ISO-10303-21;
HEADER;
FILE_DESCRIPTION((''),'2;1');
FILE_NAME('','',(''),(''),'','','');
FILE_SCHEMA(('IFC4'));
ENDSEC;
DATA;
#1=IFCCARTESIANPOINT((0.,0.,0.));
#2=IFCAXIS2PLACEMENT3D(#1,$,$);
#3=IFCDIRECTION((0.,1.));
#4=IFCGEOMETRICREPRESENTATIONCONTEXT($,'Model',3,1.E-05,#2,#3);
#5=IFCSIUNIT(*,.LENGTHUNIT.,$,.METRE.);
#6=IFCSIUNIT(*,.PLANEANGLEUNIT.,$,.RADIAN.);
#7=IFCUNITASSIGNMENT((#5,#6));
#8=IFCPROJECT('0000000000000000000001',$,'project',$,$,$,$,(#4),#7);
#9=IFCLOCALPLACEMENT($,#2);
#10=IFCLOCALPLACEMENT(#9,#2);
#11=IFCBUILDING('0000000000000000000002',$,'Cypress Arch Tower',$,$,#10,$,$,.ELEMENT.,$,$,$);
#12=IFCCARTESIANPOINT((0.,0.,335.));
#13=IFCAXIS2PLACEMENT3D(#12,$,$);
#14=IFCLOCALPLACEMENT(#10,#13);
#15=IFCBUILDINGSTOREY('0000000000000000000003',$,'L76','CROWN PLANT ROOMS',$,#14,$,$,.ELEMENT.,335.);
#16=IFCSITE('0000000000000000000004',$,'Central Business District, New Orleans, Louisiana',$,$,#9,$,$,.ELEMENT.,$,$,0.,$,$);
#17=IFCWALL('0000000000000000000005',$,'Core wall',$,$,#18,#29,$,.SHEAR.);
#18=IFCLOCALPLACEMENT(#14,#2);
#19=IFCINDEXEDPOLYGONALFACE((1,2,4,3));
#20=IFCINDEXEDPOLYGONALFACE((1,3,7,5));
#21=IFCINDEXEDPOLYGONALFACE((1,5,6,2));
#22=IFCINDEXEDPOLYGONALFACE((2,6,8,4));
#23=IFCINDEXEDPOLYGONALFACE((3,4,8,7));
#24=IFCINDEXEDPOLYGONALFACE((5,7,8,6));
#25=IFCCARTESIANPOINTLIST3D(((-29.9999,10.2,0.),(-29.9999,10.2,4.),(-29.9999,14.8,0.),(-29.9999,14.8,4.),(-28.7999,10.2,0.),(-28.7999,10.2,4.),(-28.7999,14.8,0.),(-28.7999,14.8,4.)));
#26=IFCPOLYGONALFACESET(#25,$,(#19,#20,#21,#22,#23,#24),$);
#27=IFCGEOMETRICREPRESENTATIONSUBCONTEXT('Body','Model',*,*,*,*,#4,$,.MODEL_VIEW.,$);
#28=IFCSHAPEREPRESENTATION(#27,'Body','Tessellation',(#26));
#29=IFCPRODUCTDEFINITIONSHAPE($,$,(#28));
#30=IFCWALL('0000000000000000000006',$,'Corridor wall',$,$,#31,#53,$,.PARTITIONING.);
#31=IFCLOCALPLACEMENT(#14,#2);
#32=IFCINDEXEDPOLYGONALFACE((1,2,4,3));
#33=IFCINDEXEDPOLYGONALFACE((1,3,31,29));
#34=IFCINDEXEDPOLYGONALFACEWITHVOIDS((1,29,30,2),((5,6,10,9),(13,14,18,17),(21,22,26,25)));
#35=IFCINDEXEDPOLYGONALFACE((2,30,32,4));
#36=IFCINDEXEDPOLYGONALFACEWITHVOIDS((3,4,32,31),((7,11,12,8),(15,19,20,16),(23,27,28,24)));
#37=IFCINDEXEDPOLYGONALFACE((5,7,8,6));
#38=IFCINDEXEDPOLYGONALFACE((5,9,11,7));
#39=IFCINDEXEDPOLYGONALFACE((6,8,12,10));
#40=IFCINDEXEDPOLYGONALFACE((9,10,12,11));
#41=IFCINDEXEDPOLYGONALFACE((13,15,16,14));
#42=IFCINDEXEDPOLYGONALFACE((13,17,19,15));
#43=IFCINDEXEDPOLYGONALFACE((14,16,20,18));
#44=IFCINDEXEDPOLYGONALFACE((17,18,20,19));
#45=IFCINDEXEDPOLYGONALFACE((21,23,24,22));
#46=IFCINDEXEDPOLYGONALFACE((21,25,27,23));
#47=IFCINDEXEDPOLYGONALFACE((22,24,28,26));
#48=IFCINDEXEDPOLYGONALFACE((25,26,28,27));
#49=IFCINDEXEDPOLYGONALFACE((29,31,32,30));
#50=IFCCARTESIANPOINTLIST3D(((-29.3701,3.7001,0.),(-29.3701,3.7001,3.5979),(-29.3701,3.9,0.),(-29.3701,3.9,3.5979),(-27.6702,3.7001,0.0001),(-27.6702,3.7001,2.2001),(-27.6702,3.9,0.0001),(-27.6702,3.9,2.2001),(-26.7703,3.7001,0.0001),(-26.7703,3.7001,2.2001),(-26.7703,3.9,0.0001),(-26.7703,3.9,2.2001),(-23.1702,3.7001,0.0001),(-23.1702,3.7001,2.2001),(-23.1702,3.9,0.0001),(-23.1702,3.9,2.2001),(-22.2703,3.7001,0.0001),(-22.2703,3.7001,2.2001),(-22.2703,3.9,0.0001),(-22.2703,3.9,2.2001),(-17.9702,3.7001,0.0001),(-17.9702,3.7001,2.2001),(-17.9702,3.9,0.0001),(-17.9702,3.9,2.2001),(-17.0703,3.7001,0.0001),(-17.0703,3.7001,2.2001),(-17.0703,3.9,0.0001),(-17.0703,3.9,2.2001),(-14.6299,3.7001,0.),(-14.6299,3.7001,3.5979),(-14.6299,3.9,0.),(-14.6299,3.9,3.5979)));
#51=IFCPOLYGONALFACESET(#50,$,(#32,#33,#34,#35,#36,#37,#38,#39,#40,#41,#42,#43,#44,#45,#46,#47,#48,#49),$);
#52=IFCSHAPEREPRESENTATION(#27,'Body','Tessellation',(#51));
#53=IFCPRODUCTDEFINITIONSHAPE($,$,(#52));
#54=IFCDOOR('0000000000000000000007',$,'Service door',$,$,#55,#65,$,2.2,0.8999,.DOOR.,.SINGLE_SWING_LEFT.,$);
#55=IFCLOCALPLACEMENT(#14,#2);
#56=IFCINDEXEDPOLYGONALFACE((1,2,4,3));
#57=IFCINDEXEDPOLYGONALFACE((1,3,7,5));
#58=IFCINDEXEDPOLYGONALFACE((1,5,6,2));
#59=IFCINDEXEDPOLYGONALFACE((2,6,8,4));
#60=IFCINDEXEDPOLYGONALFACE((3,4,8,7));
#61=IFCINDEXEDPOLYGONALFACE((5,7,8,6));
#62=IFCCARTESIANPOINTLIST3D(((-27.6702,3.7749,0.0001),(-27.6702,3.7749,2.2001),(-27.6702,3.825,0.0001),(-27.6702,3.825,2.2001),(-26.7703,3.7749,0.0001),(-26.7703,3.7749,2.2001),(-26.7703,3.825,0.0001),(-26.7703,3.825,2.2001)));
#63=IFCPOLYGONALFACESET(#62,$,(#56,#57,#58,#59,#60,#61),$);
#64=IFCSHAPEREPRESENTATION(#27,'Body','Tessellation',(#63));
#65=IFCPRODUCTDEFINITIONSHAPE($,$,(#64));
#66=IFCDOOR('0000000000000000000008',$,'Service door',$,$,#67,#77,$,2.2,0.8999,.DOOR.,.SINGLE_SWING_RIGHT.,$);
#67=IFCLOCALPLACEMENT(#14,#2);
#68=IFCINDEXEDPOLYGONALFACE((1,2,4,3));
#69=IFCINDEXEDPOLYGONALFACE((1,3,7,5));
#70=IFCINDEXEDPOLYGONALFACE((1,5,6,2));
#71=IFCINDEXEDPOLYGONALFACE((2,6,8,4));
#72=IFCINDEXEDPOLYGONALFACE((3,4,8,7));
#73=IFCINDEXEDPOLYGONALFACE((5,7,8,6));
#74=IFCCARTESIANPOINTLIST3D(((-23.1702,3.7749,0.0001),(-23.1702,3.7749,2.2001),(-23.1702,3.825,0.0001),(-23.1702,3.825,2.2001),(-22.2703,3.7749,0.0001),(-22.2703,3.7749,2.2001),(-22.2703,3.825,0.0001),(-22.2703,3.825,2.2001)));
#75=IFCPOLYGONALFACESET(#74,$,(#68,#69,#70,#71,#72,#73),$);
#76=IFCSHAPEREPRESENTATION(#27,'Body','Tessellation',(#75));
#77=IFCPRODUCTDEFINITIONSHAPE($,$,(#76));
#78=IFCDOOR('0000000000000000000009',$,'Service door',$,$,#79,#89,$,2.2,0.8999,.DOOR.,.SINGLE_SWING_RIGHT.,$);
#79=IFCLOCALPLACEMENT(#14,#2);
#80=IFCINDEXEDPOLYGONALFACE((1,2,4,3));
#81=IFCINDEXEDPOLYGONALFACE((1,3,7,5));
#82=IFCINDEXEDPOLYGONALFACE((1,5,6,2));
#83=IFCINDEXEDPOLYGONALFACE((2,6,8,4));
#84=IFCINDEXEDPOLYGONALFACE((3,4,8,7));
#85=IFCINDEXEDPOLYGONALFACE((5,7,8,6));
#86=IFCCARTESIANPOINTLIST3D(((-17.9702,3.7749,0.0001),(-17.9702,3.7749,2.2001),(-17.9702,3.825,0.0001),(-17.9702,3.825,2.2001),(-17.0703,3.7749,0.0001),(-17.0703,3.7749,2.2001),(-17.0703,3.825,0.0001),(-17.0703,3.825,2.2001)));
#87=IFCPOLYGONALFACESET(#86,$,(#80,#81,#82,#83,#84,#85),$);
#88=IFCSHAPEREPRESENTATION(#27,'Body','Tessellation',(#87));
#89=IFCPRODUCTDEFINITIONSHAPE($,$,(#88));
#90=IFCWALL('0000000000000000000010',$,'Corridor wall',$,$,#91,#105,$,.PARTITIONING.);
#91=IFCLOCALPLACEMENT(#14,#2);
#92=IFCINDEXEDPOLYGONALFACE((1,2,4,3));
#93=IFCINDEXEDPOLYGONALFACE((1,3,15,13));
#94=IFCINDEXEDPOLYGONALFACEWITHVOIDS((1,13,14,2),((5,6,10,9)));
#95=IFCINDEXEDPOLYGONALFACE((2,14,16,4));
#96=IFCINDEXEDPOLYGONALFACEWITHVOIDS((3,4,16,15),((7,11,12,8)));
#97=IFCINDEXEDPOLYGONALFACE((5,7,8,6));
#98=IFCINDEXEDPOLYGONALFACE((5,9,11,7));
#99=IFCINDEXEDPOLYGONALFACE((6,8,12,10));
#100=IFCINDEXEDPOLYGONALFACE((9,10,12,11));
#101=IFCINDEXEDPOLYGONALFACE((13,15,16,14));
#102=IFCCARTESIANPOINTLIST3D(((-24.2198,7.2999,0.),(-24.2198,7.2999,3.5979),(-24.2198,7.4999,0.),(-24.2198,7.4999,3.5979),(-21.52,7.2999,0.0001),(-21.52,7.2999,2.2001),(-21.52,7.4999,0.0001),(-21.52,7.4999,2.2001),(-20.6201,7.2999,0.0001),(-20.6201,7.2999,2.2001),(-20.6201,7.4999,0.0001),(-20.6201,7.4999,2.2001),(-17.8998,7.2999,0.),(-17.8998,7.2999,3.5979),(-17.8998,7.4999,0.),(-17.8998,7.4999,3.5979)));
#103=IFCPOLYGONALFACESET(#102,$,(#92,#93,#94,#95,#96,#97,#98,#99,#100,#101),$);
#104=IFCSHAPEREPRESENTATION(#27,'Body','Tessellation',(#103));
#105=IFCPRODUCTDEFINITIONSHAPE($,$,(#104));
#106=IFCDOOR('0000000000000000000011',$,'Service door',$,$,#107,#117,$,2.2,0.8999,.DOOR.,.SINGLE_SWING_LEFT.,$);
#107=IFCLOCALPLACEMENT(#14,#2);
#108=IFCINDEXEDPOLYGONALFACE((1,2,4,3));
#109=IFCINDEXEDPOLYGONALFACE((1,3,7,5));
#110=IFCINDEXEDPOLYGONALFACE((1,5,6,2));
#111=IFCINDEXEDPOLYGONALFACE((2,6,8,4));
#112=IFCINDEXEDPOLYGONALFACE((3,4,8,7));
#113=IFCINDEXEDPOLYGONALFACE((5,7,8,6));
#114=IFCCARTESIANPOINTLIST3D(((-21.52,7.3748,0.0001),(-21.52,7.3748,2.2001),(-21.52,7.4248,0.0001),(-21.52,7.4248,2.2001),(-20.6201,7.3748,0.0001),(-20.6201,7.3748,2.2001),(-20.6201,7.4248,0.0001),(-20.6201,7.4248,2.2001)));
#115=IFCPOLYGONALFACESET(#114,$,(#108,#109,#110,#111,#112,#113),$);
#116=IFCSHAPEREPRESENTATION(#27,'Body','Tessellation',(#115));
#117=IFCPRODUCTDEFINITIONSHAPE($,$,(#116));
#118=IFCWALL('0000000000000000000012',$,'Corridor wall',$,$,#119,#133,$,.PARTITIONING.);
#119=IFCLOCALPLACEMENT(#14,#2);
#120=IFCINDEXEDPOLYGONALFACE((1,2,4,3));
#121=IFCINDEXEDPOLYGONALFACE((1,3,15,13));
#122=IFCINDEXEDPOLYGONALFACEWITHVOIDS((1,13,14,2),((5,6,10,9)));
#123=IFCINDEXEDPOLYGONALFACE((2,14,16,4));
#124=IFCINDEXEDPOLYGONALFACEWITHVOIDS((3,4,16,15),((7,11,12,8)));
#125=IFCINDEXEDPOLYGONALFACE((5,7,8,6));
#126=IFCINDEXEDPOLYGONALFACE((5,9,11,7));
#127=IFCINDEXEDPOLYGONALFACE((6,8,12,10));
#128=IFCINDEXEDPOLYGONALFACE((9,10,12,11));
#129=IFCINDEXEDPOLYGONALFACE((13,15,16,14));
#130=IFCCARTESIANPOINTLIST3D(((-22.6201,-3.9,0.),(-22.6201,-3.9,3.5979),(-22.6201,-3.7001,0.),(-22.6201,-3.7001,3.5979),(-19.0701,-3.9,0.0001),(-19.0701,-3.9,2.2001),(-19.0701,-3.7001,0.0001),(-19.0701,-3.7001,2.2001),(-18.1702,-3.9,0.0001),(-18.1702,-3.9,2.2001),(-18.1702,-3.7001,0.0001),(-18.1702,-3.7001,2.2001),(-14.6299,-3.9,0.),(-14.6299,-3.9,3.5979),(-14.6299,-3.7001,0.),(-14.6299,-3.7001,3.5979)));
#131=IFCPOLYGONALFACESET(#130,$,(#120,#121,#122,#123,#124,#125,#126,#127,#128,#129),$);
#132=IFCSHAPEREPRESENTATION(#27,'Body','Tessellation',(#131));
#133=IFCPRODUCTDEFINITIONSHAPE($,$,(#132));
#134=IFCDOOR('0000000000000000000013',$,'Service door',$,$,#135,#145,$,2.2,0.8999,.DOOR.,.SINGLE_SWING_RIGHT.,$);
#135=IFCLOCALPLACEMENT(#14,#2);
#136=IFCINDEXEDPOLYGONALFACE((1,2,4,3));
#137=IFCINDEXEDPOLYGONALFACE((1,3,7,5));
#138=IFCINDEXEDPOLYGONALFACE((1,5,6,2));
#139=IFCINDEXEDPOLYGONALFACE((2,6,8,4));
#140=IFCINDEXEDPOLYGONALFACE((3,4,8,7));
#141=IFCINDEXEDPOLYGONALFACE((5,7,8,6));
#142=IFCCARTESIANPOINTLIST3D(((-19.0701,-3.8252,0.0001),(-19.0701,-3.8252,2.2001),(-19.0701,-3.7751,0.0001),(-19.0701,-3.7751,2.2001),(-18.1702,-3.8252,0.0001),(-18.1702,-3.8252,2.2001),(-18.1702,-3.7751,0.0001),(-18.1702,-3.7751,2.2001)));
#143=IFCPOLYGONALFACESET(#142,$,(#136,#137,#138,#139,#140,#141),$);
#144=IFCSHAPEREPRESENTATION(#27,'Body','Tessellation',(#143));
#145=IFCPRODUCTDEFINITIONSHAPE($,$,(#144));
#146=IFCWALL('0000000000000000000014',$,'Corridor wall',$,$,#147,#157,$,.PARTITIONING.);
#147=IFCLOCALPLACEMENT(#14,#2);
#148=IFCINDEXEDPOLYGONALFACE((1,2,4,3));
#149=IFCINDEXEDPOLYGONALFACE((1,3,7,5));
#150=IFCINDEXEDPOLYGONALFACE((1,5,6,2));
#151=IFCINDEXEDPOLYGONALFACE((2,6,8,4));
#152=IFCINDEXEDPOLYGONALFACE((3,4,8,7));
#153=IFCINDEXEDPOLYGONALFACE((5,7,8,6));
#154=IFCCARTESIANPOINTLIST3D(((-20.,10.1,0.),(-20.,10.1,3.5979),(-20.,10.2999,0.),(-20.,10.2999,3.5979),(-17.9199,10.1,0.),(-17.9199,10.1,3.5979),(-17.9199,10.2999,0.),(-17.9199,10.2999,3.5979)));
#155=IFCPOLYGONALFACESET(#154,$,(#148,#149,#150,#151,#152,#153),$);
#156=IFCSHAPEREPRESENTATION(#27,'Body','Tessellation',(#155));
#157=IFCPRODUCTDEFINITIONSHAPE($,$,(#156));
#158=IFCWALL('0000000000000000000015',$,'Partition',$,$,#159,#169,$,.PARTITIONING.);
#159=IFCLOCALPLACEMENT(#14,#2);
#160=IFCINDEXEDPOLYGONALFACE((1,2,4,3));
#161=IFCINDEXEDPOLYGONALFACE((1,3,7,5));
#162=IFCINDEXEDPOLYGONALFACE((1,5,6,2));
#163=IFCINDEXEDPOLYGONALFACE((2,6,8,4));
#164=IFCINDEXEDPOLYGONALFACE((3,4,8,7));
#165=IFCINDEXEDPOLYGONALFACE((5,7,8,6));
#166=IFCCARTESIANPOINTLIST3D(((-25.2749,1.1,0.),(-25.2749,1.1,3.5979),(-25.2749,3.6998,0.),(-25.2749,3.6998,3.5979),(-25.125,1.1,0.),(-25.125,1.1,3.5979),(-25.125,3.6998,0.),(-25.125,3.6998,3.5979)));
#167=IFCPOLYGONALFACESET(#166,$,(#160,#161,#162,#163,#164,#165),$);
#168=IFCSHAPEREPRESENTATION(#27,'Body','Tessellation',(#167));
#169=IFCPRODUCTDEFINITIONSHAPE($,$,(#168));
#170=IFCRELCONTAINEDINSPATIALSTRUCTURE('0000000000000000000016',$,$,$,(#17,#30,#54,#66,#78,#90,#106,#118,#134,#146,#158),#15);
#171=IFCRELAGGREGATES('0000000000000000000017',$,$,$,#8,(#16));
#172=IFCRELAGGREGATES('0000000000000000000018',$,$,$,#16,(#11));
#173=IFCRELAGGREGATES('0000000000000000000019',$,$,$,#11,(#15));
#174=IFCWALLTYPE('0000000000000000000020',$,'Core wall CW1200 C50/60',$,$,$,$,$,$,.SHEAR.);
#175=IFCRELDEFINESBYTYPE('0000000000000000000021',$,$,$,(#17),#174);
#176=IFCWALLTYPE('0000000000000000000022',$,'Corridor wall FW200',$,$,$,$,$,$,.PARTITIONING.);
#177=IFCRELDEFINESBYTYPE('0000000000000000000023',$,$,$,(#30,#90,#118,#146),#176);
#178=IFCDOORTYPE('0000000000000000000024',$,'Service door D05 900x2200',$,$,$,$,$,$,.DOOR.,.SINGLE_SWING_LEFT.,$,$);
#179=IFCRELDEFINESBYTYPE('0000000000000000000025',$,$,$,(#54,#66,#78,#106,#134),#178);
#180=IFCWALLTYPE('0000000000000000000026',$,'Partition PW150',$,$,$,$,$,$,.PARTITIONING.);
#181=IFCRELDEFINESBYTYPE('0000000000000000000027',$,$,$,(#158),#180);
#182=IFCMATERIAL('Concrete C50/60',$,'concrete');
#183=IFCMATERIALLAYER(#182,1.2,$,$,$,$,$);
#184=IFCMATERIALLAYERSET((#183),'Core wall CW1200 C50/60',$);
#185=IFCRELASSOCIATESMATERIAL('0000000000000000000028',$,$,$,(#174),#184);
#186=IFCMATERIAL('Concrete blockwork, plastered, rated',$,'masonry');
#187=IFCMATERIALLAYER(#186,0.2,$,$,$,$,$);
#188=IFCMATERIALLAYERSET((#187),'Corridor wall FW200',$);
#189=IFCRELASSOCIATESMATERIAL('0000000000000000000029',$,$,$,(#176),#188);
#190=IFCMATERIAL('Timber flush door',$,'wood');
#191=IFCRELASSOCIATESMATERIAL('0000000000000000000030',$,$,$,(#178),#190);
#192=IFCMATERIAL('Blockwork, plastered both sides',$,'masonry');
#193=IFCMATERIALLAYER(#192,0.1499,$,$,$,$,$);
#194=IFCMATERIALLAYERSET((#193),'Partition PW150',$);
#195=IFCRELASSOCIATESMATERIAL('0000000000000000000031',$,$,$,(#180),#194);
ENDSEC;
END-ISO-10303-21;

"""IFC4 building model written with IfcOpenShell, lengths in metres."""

from ifc_helpers import new_model, si_unit, direction, frame, frame_2d, origin, place, context, subcontext, project, spatial, rectangle, extrude, material, layer, layer_set, type_object, element, fill, save


model = new_model("IFC4")

# Units and contexts
model_context = context("Model", 3, precision=1e-05, world=origin(), true_north=direction((0.0, 1.0)))
body_context = subcontext(model_context, "Body", "Model", "MODEL_VIEW")
ifc_project = project(units=[si_unit("LENGTHUNIT", "METRE"), si_unit("PLANEANGLEUNIT", "RADIAN")], contexts=[model_context])

# Site, building, storey
site_placement = place(None, origin())
site = spatial("IfcSite", under=ifc_project, at=site_placement, Name="Central Business District, New Orleans, Louisiana", CompositionType="ELEMENT", RefElevation=0.0)
building_placement = place(site_placement, origin())
building = spatial("IfcBuilding", under=site, at=building_placement, Name="Cypress Arch Tower", CompositionType="ELEMENT")
storey_placement = place(building_placement, frame((0.0, 0.0, 335.0)))
storey = spatial("IfcBuildingStorey", under=building, at=storey_placement, Name="L76", Description="CROWN PLANT ROOMS", CompositionType="ELEMENT", Elevation=335.0)

# Wall
ifc_material_1 = material(Name="Concrete C50/60", Category="concrete")
ifc_layer_1 = layer(ifc_material_1, 1.2)
ifc_layer_set_1 = layer_set([ifc_layer_1], Name="Core wall CW1200 C50/60")
wall_type_1 = type_object("IfcWallType", Name="Core wall CW1200 C50/60", PredefinedType="SHEAR", material=ifc_layer_set_1)
wall_1_placement = place(storey_placement, frame((-29.3999, 10.2, 0.0), z_axis=(0.0, 0.0, 1.0), x_axis=(0.0, 1.0, 0.0)))
element("IfcWall", 1, at=wall_1_placement, inside=storey, type_object=wall_type_1, Name="Core wall", PredefinedType="SHEAR", context=body_context, shape_type="SweptSolid", body=[
    extrude(rectangle(XDim=4.6001, YDim=1.2, at=frame_2d((2.3, 0.0))), origin(), (0.0, 0.0, 1.0), 4.0),
])

# Wall, openings, doors
ifc_material_2 = material(Name="Concrete blockwork, plastered, rated", Category="masonry")
ifc_layer_2 = layer(ifc_material_2, 0.2)
ifc_layer_set_2 = layer_set([ifc_layer_2], Name="Corridor wall FW200")
wall_type_2 = type_object("IfcWallType", Name="Corridor wall FW200", PredefinedType="PARTITIONING", material=ifc_layer_set_2)
wall_2_placement = place(storey_placement, frame((-29.3701, 3.8, 0.0), z_axis=(0.0, 0.0, 1.0), x_axis=(1.0, 0.0, 0.0)))
wall_2 = element("IfcWall", 2, at=wall_2_placement, inside=storey, type_object=wall_type_2, Name="Corridor wall", PredefinedType="PARTITIONING", context=body_context, shape_type="SweptSolid", body=[
    extrude(rectangle(XDim=14.7402, YDim=0.2, at=frame_2d((7.3701, 0.0))), origin(), (0.0, 0.0, 1.0), 3.5979),
])
opening_1_placement = place(wall_2_placement, frame((1.7, 0.0, 0.0)))
opening_1 = element("IfcOpeningElement", 3, at=opening_1_placement, cuts=wall_2, PredefinedType="OPENING", context=body_context, shape_type="SweptSolid", body=[
    extrude(rectangle(XDim=0.8999, YDim=2.2, at=frame_2d((0.45, 1.1001))), frame((0.0, 0.1099, 0.0), z_axis=(0.0, -1.0, 0.0), x_axis=(1.0, 0.0, 0.0)), (0.0, 0.0, 1.0), 0.22),
])
opening_2_placement = place(wall_2_placement, frame((6.2, 0.0, 0.0)))
opening_2 = element("IfcOpeningElement", 4, at=opening_2_placement, cuts=wall_2, PredefinedType="OPENING", context=body_context, shape_type="SweptSolid", body=[
    extrude(rectangle(XDim=0.8999, YDim=2.2, at=frame_2d((0.45, 1.1001))), frame((0.0, 0.1099, 0.0), z_axis=(0.0, -1.0, 0.0), x_axis=(1.0, 0.0, 0.0)), (0.0, 0.0, 1.0), 0.22),
])
opening_3_placement = place(wall_2_placement, frame((11.3999, 0.0, 0.0)))
opening_3 = element("IfcOpeningElement", 5, at=opening_3_placement, cuts=wall_2, PredefinedType="OPENING", context=body_context, shape_type="SweptSolid", body=[
    extrude(rectangle(XDim=0.8999, YDim=2.2, at=frame_2d((0.45, 1.1001))), frame((0.0, 0.1099, 0.0), z_axis=(0.0, -1.0, 0.0), x_axis=(1.0, 0.0, 0.0)), (0.0, 0.0, 1.0), 0.22),
])
ifc_material_3 = material(Name="Timber flush door", Category="wood")
door_type = type_object("IfcDoorType", Name="Service door D05 900x2200", OperationType="SINGLE_SWING_LEFT", PredefinedType="DOOR", material=ifc_material_3)
door_1_placement = place(opening_1_placement, origin())
door_1 = element("IfcDoor", 6, at=door_1_placement, inside=storey, type_object=door_type, Name="Service door", OperationType="SINGLE_SWING_LEFT", OverallHeight=2.2, OverallWidth=0.8999, PredefinedType="DOOR", context=body_context, shape_type="SweptSolid", body=[
    extrude(rectangle(XDim=0.8999, YDim=2.2, at=frame_2d((0.45, 1.1001))), frame((0.0, 0.0249, 0.0), z_axis=(0.0, -1.0, 0.0), x_axis=(1.0, 0.0, 0.0)), (0.0, 0.0, 1.0), 0.05),
])
fill(opening_1, door_1)
door_2_placement = place(opening_2_placement, origin())
door_2 = element("IfcDoor", 7, at=door_2_placement, inside=storey, type_object=door_type, Name="Service door", OperationType="SINGLE_SWING_RIGHT", OverallHeight=2.2, OverallWidth=0.8999, PredefinedType="DOOR", context=body_context, shape_type="SweptSolid", body=[
    extrude(rectangle(XDim=0.8999, YDim=2.2, at=frame_2d((0.45, 1.1001))), frame((0.0, 0.0249, 0.0), z_axis=(0.0, -1.0, 0.0), x_axis=(1.0, 0.0, 0.0)), (0.0, 0.0, 1.0), 0.05),
])
fill(opening_2, door_2)
door_3_placement = place(opening_3_placement, origin())
door_3 = element("IfcDoor", 8, at=door_3_placement, inside=storey, type_object=door_type, Name="Service door", OperationType="SINGLE_SWING_RIGHT", OverallHeight=2.2, OverallWidth=0.8999, PredefinedType="DOOR", context=body_context, shape_type="SweptSolid", body=[
    extrude(rectangle(XDim=0.8999, YDim=2.2, at=frame_2d((0.45, 1.1001))), frame((0.0, 0.0249, 0.0), z_axis=(0.0, -1.0, 0.0), x_axis=(1.0, 0.0, 0.0)), (0.0, 0.0, 1.0), 0.05),
])
fill(opening_3, door_3)

# Walls, openings, doors
wall_3_placement = place(storey_placement, frame((-24.22, 7.3999, 0.0), z_axis=(0.0, 0.0, 1.0), x_axis=(1.0, 0.0, 0.0)))
wall_3 = element("IfcWall", 9, at=wall_3_placement, inside=storey, type_object=wall_type_2, Name="Corridor wall", PredefinedType="PARTITIONING", context=body_context, shape_type="SweptSolid", body=[
    extrude(rectangle(XDim=6.3201, YDim=0.2, at=frame_2d((3.1602, 0.0))), origin(), (0.0, 0.0, 1.0), 3.5979),
])
opening_4_placement = place(wall_3_placement, frame((2.7, 0.0, 0.0)))
opening_4 = element("IfcOpeningElement", 10, at=opening_4_placement, cuts=wall_3, PredefinedType="OPENING", context=body_context, shape_type="SweptSolid", body=[
    extrude(rectangle(XDim=0.8999, YDim=2.2, at=frame_2d((0.45, 1.1001))), frame((0.0, 0.1099, 0.0), z_axis=(0.0, -1.0, 0.0), x_axis=(1.0, 0.0, 0.0)), (0.0, 0.0, 1.0), 0.22),
])
door_4_placement = place(opening_4_placement, origin())
door_4 = element("IfcDoor", 11, at=door_4_placement, inside=storey, type_object=door_type, Name="Service door", OperationType="SINGLE_SWING_LEFT", OverallHeight=2.2, OverallWidth=0.8999, PredefinedType="DOOR", context=body_context, shape_type="SweptSolid", body=[
    extrude(rectangle(XDim=0.8999, YDim=2.2, at=frame_2d((0.45, 1.1001))), frame((0.0, 0.0249, 0.0), z_axis=(0.0, -1.0, 0.0), x_axis=(1.0, 0.0, 0.0)), (0.0, 0.0, 1.0), 0.05),
])
fill(opening_4, door_4)
wall_4_placement = place(storey_placement, frame((-22.6201, -3.8, 0.0), z_axis=(0.0, 0.0, 1.0), x_axis=(1.0, 0.0, 0.0)))
wall_4 = element("IfcWall", 12, at=wall_4_placement, inside=storey, type_object=wall_type_2, Name="Corridor wall", PredefinedType="PARTITIONING", context=body_context, shape_type="SweptSolid", body=[
    extrude(rectangle(XDim=7.9902, YDim=0.2, at=frame_2d((3.9951, 0.0))), origin(), (0.0, 0.0, 1.0), 3.5979),
])
opening_5_placement = place(wall_4_placement, frame((3.55, 0.0, 0.0)))
opening_5 = element("IfcOpeningElement", 13, at=opening_5_placement, cuts=wall_4, PredefinedType="OPENING", context=body_context, shape_type="SweptSolid", body=[
    extrude(rectangle(XDim=0.8999, YDim=2.2, at=frame_2d((0.45, 1.1001))), frame((0.0, 0.1099, 0.0), z_axis=(0.0, -1.0, 0.0), x_axis=(1.0, 0.0, 0.0)), (0.0, 0.0, 1.0), 0.22),
])
door_5_placement = place(opening_5_placement, origin())
door_5 = element("IfcDoor", 14, at=door_5_placement, inside=storey, type_object=door_type, Name="Service door", OperationType="SINGLE_SWING_RIGHT", OverallHeight=2.2, OverallWidth=0.8999, PredefinedType="DOOR", context=body_context, shape_type="SweptSolid", body=[
    extrude(rectangle(XDim=0.8999, YDim=2.2, at=frame_2d((0.45, 1.1001))), frame((0.0, 0.0249, 0.0), z_axis=(0.0, -1.0, 0.0), x_axis=(1.0, 0.0, 0.0)), (0.0, 0.0, 1.0), 0.05),
])
fill(opening_5, door_5)

# Walls
wall_5_placement = place(storey_placement, frame((-20.0, 10.2, 0.0), z_axis=(0.0, 0.0, 1.0), x_axis=(1.0, 0.0, 0.0)))
element("IfcWall", 15, at=wall_5_placement, inside=storey, type_object=wall_type_2, Name="Corridor wall", PredefinedType="PARTITIONING", context=body_context, shape_type="SweptSolid", body=[
    extrude(rectangle(XDim=2.0801, YDim=0.2, at=frame_2d((1.04, 0.0))), origin(), (0.0, 0.0, 1.0), 3.5979),
])
ifc_material_4 = material(Name="Blockwork, plastered both sides", Category="masonry")
ifc_layer_3 = layer(ifc_material_4, 0.1499)
ifc_layer_set_3 = layer_set([ifc_layer_3], Name="Partition PW150")
wall_type_3 = type_object("IfcWallType", Name="Partition PW150", PredefinedType="PARTITIONING", material=ifc_layer_set_3)
wall_6_placement = place(storey_placement, frame((-25.2, 1.1001, 0.0), z_axis=(0.0, 0.0, 1.0), x_axis=(0.0, 1.0, 0.0)))
element("IfcWall", 16, at=wall_6_placement, inside=storey, type_object=wall_type_3, Name="Partition", PredefinedType="PARTITIONING", context=body_context, shape_type="SweptSolid", body=[
    extrude(rectangle(XDim=2.5999, YDim=0.1499, at=frame_2d((1.2998, 0.0))), origin(), (0.0, 0.0, 1.0), 3.5979),
])

save(model, "model.ifc")
